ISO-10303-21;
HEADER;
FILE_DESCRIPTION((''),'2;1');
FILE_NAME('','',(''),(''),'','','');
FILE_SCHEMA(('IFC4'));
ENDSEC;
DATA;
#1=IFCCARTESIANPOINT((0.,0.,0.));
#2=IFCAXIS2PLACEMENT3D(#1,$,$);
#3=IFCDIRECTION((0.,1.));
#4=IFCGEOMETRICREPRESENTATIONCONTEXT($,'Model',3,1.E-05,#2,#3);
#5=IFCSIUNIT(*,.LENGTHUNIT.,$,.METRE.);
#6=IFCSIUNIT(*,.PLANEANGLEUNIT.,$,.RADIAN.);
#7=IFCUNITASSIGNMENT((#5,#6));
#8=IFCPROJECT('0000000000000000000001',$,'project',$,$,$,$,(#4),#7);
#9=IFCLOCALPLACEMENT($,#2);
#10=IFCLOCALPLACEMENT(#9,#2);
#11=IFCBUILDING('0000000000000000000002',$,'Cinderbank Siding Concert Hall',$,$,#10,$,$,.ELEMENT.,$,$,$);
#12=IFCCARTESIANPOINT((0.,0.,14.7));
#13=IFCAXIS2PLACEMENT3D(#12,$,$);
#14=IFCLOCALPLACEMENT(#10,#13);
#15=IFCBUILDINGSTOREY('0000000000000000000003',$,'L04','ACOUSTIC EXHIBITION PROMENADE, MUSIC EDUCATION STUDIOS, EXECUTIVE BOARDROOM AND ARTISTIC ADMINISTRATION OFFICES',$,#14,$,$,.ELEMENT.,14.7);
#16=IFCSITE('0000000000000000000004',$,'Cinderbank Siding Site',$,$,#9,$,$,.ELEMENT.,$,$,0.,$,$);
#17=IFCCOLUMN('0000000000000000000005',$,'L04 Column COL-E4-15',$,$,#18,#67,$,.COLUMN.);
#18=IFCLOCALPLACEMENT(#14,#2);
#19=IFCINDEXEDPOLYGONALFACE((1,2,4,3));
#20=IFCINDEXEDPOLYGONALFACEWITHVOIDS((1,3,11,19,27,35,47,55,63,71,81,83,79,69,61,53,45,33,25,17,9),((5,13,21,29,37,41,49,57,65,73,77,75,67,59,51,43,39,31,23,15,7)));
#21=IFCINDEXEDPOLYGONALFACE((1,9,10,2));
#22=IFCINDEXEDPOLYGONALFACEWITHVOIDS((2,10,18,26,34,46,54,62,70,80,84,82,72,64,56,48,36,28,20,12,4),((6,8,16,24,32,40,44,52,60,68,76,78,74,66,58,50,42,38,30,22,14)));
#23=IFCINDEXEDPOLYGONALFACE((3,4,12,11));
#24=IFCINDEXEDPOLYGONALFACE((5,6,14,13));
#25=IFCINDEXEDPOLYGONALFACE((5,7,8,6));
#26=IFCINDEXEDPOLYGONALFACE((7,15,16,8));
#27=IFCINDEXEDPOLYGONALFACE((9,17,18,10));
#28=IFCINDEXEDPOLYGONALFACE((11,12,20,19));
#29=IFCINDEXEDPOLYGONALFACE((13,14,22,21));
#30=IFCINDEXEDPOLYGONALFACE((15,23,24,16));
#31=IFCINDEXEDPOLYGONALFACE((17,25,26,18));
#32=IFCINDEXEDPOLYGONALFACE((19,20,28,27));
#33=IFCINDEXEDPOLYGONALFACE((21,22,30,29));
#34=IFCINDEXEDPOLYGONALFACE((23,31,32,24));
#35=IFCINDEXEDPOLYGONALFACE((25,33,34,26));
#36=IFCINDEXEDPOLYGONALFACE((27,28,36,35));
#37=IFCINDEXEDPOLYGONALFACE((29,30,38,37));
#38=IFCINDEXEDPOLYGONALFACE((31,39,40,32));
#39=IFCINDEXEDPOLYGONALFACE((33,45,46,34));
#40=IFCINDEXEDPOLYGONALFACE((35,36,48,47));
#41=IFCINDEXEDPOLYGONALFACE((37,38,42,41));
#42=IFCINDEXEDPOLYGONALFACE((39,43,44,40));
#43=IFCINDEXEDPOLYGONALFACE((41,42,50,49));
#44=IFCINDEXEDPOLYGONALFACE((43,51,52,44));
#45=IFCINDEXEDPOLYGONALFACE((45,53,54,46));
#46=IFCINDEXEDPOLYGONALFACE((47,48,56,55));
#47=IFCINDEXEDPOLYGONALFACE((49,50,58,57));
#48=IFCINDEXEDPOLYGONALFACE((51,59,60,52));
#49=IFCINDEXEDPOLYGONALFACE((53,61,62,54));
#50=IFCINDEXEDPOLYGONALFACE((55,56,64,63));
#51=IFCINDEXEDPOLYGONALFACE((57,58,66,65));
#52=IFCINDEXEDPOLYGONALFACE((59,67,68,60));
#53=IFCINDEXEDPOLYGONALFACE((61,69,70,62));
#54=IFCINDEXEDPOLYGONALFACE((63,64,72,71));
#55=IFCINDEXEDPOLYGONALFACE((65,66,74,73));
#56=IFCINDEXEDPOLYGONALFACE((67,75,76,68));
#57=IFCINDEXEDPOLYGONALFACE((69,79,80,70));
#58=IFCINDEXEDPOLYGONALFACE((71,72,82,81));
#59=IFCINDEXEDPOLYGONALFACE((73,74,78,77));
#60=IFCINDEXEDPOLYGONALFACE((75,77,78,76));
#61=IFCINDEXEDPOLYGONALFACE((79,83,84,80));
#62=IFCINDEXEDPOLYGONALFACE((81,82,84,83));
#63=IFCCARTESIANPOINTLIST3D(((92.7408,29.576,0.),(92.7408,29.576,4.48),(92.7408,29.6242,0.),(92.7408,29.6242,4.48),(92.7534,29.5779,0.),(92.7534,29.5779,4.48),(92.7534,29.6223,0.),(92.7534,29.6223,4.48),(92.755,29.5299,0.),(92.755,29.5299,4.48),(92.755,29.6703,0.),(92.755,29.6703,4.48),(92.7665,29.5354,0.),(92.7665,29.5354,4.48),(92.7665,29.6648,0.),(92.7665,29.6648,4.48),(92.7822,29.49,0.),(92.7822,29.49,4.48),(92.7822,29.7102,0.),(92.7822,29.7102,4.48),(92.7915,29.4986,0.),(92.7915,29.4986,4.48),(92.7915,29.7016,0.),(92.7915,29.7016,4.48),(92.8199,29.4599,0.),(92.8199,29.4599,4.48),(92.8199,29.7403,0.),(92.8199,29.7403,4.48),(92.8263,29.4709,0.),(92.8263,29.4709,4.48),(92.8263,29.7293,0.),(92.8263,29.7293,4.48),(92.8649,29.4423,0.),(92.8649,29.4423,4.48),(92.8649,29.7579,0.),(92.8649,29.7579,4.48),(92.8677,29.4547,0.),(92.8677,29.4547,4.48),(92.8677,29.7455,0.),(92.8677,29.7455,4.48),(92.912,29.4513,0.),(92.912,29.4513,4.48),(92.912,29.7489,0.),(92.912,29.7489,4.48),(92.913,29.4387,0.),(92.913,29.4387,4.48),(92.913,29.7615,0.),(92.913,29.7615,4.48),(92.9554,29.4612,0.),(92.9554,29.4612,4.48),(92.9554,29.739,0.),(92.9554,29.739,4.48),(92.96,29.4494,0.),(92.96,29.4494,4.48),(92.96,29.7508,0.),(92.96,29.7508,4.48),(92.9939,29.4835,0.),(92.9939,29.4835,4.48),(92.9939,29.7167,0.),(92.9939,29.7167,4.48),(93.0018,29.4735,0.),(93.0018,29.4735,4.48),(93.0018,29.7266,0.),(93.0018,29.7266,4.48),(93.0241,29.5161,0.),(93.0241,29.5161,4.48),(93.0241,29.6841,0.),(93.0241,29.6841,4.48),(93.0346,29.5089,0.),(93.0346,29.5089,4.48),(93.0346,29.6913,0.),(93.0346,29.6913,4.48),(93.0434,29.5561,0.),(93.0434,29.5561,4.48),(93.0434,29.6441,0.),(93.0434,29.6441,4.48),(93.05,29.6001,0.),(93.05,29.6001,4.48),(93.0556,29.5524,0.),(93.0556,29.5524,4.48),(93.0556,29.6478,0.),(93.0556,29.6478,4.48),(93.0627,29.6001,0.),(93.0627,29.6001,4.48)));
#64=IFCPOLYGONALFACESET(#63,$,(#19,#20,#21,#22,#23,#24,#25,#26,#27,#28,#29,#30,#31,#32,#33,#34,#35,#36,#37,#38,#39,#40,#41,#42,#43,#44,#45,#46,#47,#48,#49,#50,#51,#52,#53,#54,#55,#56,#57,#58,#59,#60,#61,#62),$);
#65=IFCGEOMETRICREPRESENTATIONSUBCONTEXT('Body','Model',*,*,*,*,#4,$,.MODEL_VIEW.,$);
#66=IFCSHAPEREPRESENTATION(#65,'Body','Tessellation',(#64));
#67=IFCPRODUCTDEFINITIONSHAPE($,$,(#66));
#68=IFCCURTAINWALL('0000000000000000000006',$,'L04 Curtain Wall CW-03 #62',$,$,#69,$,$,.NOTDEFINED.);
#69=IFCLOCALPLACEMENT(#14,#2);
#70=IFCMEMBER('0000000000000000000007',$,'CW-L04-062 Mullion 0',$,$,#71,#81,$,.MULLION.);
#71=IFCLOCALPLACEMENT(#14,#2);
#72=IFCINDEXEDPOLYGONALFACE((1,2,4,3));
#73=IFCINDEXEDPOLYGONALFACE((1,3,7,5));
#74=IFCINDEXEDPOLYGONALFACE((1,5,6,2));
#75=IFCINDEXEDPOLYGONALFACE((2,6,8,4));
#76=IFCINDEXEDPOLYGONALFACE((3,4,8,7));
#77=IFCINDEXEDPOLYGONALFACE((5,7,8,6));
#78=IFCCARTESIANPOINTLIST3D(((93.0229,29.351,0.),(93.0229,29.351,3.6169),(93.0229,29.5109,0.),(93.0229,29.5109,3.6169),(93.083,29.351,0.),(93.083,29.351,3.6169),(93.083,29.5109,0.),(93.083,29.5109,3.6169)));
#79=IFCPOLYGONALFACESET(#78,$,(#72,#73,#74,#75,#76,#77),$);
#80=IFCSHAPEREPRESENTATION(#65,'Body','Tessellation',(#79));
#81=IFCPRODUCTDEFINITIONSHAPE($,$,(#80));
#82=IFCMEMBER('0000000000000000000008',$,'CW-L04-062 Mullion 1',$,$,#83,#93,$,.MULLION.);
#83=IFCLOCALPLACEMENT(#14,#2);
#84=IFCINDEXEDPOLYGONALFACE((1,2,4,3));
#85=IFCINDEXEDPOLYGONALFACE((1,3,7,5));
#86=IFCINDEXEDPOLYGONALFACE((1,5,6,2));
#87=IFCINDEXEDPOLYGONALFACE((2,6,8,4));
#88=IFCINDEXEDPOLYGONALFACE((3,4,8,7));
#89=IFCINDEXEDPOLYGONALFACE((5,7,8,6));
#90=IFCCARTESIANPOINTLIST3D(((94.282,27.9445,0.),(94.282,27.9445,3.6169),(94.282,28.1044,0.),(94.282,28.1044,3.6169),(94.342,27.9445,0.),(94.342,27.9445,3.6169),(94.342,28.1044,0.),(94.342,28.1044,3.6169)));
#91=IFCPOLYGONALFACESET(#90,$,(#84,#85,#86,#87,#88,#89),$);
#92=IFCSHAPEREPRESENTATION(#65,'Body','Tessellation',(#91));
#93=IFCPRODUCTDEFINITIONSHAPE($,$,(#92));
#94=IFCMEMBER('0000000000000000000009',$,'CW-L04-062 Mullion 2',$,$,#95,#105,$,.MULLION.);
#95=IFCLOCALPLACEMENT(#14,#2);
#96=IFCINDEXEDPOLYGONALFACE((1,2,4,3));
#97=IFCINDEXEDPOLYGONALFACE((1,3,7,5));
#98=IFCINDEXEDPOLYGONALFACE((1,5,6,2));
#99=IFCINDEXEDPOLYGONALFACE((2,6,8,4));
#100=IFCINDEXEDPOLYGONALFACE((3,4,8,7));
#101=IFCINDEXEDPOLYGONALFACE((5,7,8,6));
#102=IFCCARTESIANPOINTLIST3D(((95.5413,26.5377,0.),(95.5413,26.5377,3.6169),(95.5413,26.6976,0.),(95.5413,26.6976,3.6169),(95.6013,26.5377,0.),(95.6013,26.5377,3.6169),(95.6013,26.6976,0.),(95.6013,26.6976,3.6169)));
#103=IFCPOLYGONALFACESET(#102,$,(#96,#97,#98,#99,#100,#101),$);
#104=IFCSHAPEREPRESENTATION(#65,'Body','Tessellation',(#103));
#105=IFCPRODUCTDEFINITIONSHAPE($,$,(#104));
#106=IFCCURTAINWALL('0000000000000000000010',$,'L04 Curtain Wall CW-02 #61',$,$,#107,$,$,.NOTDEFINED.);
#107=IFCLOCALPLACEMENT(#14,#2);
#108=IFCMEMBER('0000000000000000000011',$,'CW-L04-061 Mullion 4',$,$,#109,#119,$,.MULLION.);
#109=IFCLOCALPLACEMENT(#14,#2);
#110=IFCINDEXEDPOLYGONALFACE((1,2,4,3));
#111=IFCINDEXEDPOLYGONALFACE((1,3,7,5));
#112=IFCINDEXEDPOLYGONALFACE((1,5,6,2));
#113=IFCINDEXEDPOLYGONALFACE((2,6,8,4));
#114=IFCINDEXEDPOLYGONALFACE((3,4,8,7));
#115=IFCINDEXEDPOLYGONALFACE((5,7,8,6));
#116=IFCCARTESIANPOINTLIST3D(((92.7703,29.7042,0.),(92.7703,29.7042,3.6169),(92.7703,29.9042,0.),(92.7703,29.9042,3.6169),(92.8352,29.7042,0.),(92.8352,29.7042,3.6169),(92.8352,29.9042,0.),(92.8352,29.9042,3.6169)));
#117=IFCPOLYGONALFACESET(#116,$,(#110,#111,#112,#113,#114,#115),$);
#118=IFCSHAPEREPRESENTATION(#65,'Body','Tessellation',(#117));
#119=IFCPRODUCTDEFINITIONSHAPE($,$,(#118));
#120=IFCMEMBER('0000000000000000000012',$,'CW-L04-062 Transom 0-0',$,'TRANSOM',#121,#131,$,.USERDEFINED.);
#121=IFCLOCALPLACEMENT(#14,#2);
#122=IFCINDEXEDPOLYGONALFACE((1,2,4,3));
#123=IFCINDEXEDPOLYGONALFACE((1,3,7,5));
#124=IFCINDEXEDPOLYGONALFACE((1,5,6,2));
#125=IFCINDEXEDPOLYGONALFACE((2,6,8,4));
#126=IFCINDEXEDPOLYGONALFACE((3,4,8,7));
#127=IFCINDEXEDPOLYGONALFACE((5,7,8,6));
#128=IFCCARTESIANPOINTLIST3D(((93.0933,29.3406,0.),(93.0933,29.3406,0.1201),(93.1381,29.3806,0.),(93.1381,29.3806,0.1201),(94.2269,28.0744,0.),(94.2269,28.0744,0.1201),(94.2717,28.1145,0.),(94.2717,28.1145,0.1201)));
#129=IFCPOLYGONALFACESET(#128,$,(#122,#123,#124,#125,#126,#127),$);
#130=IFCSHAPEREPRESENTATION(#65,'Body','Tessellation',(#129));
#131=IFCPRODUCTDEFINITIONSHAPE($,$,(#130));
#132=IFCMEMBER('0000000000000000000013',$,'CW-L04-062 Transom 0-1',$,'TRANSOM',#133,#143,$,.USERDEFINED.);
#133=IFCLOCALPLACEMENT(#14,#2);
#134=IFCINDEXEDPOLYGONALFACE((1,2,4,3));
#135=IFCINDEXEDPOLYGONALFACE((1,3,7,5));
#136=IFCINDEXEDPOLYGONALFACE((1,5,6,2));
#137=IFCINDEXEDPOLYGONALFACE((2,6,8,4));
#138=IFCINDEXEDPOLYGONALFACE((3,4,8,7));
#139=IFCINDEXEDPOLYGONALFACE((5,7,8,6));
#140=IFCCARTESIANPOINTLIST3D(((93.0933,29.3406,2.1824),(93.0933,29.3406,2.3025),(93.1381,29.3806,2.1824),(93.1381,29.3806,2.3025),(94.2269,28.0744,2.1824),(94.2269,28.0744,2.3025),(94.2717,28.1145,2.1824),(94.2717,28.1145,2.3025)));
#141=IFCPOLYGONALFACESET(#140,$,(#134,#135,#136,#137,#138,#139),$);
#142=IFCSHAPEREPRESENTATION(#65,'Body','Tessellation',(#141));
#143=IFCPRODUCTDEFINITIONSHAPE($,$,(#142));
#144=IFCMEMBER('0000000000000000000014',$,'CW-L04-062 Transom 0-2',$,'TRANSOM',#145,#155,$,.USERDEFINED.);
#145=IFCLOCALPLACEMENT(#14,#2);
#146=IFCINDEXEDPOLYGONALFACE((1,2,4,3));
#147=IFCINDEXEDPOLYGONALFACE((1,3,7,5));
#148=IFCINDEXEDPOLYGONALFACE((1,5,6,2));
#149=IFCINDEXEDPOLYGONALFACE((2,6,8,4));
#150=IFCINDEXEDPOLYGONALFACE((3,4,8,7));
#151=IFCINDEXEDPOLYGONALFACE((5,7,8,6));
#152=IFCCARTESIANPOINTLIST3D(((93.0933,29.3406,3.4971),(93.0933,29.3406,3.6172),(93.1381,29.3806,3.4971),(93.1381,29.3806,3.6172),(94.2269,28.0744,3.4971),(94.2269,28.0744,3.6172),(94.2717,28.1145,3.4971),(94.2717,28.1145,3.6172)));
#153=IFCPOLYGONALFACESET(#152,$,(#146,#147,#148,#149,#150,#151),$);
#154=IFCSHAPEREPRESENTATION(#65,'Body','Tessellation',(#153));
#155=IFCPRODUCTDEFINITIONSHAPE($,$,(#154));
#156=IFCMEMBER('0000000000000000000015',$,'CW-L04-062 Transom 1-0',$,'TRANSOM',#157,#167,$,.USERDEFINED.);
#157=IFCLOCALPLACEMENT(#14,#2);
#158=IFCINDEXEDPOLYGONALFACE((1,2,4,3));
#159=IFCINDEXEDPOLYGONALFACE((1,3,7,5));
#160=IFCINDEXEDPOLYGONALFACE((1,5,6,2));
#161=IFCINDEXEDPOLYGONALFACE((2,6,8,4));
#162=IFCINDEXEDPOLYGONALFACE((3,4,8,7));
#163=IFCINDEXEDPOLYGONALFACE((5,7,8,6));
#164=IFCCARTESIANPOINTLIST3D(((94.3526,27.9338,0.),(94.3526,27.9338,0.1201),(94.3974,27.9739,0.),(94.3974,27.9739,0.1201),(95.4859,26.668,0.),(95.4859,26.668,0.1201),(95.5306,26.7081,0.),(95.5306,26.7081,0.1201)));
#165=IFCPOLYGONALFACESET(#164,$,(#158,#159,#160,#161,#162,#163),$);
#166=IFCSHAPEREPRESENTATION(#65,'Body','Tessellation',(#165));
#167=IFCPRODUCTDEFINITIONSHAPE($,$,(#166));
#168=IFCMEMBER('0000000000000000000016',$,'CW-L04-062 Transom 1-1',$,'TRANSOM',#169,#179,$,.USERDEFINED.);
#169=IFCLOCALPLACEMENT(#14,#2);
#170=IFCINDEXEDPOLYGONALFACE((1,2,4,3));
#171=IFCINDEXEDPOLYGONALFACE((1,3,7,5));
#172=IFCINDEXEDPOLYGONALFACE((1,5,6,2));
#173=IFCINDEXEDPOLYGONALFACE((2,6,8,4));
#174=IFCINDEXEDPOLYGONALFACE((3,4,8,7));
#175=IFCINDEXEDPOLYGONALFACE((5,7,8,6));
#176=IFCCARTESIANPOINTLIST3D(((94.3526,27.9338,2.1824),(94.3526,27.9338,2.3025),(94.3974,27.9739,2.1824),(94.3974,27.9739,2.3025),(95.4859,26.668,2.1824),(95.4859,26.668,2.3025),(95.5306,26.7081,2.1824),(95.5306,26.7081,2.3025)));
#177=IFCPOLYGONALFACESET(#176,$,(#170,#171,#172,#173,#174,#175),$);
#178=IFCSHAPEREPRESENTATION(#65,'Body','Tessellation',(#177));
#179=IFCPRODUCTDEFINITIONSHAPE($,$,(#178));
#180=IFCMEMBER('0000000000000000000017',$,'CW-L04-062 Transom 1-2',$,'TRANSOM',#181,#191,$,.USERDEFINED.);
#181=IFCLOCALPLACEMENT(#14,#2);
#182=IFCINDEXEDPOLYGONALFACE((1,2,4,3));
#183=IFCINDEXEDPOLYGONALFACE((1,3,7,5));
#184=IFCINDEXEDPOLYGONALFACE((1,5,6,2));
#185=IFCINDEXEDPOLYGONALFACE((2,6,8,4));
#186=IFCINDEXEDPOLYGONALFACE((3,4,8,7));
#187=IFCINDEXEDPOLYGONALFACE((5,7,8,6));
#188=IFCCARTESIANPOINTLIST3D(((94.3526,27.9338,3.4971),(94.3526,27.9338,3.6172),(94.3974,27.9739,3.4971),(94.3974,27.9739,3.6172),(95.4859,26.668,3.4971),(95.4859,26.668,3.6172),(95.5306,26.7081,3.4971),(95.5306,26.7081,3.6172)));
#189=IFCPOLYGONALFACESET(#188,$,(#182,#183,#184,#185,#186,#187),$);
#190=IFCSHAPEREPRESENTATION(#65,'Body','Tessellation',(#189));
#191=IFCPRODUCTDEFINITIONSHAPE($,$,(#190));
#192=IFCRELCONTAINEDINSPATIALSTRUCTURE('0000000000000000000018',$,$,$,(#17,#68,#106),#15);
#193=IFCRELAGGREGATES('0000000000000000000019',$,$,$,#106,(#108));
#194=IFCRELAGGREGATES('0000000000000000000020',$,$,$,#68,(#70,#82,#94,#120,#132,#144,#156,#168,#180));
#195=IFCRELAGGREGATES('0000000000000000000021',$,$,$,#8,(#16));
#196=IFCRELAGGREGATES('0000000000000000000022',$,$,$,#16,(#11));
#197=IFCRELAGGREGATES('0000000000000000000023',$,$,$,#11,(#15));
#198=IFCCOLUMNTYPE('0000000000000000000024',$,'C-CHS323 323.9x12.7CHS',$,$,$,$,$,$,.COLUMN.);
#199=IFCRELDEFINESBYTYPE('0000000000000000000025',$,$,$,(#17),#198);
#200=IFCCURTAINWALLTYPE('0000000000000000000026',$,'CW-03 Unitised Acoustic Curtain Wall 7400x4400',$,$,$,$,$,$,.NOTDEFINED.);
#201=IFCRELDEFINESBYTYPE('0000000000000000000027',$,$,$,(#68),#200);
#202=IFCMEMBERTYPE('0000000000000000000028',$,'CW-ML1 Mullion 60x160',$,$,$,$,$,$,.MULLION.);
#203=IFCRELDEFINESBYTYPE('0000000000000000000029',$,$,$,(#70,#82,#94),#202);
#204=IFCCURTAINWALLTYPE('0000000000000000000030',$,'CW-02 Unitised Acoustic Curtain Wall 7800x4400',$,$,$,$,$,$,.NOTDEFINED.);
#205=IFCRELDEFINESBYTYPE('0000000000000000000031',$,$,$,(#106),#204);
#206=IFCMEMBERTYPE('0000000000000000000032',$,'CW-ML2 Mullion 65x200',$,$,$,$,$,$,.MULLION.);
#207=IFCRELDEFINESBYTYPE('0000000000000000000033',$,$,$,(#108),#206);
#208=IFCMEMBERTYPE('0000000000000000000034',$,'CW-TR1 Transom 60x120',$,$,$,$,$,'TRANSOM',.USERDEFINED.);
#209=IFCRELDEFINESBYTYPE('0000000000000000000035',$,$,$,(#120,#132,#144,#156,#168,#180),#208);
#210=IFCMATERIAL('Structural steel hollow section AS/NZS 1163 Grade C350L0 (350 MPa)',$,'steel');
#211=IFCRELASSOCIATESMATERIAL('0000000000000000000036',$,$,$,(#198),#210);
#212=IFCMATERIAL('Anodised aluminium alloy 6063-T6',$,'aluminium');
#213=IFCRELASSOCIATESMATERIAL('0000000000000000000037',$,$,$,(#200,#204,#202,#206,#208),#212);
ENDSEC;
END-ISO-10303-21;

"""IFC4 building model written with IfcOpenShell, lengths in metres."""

from ifc_helpers import new_model, si_unit, direction, frame, origin, origin_2d, place, context, subcontext, project, spatial, rectangle, hollow_circle, extrude, material, material_profile, profile_set, type_object, element, aggregate, save


model = new_model("IFC4")

# Units and contexts
model_context = context("Model", 3, precision=1e-05, world=origin(), true_north=direction((0.0, 1.0)))
body_context = subcontext(model_context, "Body", "Model", "MODEL_VIEW")
ifc_project = project(units=[si_unit("LENGTHUNIT", "METRE"), si_unit("PLANEANGLEUNIT", "RADIAN")], contexts=[model_context])

# Site, building, storey
site_placement = place(None, origin())
site = spatial("IfcSite", under=ifc_project, at=site_placement, Name="Cinderbank Siding Site", CompositionType="ELEMENT", RefElevation=0.0)
building_placement = place(site_placement, origin())
building = spatial("IfcBuilding", under=site, at=building_placement, Name="Cinderbank Siding Concert Hall", CompositionType="ELEMENT")
storey_placement = place(building_placement, frame((0.0, 0.0, 14.7)))
storey = spatial("IfcBuildingStorey", under=building, at=storey_placement, Name="L04", Description="ACOUSTIC EXHIBITION PROMENADE, MUSIC EDUCATION STUDIOS, EXECUTIVE BOARDROOM AND ARTISTIC ADMINISTRATION OFFICES", CompositionType="ELEMENT", Elevation=14.7)

# Column
ifc_material_1 = material(Name="Structural steel hollow section AS/NZS 1163 Grade C350L0 (350 MPa)", Category="steel")
ifc_material_profile_1 = material_profile(ifc_material_1, hollow_circle(Radius=0.1619, WallThickness=0.0127, at=origin_2d()), Name="323.9x12.7CHS", Category="LoadBearing")
ifc_profile_set_1 = profile_set([ifc_material_profile_1], Name="Structural steel hollow section AS/NZS 1163 Grade C350L0 (350 MPa)")
column_type = type_object("IfcColumnType", Name="C-CHS323 323.9x12.7CHS", PredefinedType="COLUMN", material=ifc_profile_set_1)
column_placement = place(storey_placement, frame((92.9009, 29.6001, 0.0), z_axis=(0.0, 0.0, 1.0), x_axis=(1.0, 0.0, 0.0)))
element("IfcColumn", 1, at=column_placement, inside=storey, type_object=column_type, Name="L04 Column COL-E4-15", PredefinedType="COLUMN", context=body_context, shape_type="SweptSolid", body=[
    extrude(hollow_circle(Radius=0.1619, WallThickness=0.0127, at=origin_2d()), origin(), (0.0, 0.0, 1.0), 4.48),
])

# Curtain wall, members
ifc_material_2 = material(Name="Anodised aluminium alloy 6063-T6", Category="aluminium")
curtain_wall_type_1 = type_object("IfcCurtainWallType", Name="CW-03 Unitised Acoustic Curtain Wall 7400x4400", PredefinedType="NOTDEFINED", material=ifc_material_2)
curtain_wall_1_placement = place(storey_placement, origin())
curtain_wall_1 = element("IfcCurtainWall", 2, at=curtain_wall_1_placement, inside=storey, type_object=curtain_wall_type_1, Name="L04 Curtain Wall CW-03 #62", PredefinedType="NOTDEFINED")
ifc_material_profile_2 = material_profile(ifc_material_2, rectangle(XDim=0.0601, YDim=0.1599, at=origin_2d()), Name="ALU-MULL-60x160", Category="LoadBearing")
ifc_profile_set_2 = profile_set([ifc_material_profile_2], Name="Anodised aluminium alloy 6063-T6")
member_type_1 = type_object("IfcMemberType", Name="CW-ML1 Mullion 60x160", PredefinedType="MULLION", material=ifc_profile_set_2)
member_1_placement = place(storey_placement, frame((93.053, 29.4309, 0.0), z_axis=(0.0, 0.0, 1.0), x_axis=(1.0, 0.0, 0.0)))
member_1 = element("IfcMember", 3, at=member_1_placement, type_object=member_type_1, Name="CW-L04-062 Mullion 0", PredefinedType="MULLION", context=body_context, shape_type="SweptSolid", body=[
    extrude(rectangle(XDim=0.0601, YDim=0.1599, at=origin_2d()), origin(), (0.0, 0.0, 1.0), 3.6169),
])
member_2_placement = place(storey_placement, frame((94.312, 28.0244, 0.0), z_axis=(0.0, 0.0, 1.0), x_axis=(1.0, 0.0, 0.0)))
member_2 = element("IfcMember", 4, at=member_2_placement, type_object=member_type_1, Name="CW-L04-062 Mullion 1", PredefinedType="MULLION", context=body_context, shape_type="SweptSolid", body=[
    extrude(rectangle(XDim=0.0601, YDim=0.1599, at=origin_2d()), origin(), (0.0, 0.0, 1.0), 3.6169),
])
member_3_placement = place(storey_placement, frame((95.5713, 26.6177, 0.0), z_axis=(0.0, 0.0, 1.0), x_axis=(1.0, 0.0, 0.0)))
member_3 = element("IfcMember", 5, at=member_3_placement, type_object=member_type_1, Name="CW-L04-062 Mullion 2", PredefinedType="MULLION", context=body_context, shape_type="SweptSolid", body=[
    extrude(rectangle(XDim=0.0601, YDim=0.1599, at=origin_2d()), origin(), (0.0, 0.0, 1.0), 3.6169),
])

# Curtain wall, member
curtain_wall_type_2 = type_object("IfcCurtainWallType", Name="CW-02 Unitised Acoustic Curtain Wall 7800x4400", PredefinedType="NOTDEFINED", material=ifc_material_2)
curtain_wall_2_placement = place(storey_placement, origin())
curtain_wall_2 = element("IfcCurtainWall", 6, at=curtain_wall_2_placement, inside=storey, type_object=curtain_wall_type_2, Name="L04 Curtain Wall CW-02 #61", PredefinedType="NOTDEFINED")
ifc_material_profile_3 = material_profile(ifc_material_2, rectangle(XDim=0.0649, YDim=0.2, at=origin_2d()), Name="ALU-MULL-65x200", Category="LoadBearing")
ifc_profile_set_3 = profile_set([ifc_material_profile_3], Name="Anodised aluminium alloy 6063-T6")
member_type_2 = type_object("IfcMemberType", Name="CW-ML2 Mullion 65x200", PredefinedType="MULLION", material=ifc_profile_set_3)
member_4_placement = place(storey_placement, frame((92.8027, 29.8042, 0.0), z_axis=(0.0, 0.0, 1.0), x_axis=(1.0, 0.0, 0.0)))
member_4 = element("IfcMember", 7, at=member_4_placement, type_object=member_type_2, Name="CW-L04-061 Mullion 4", PredefinedType="MULLION", context=body_context, shape_type="SweptSolid", body=[
    extrude(rectangle(XDim=0.0649, YDim=0.2, at=origin_2d()), origin(), (0.0, 0.0, 1.0), 3.6169),
])

# Members
ifc_material_profile_4 = material_profile(ifc_material_2, rectangle(XDim=0.0601, YDim=0.1201, at=origin_2d()), Name="ALU-TRAN-60x120", Category="LoadBearing")
ifc_profile_set_4 = profile_set([ifc_material_profile_4], Name="Anodised aluminium alloy 6063-T6")
member_type_3 = type_object("IfcMemberType", Name="CW-TR1 Transom 60x120", ElementType="TRANSOM", PredefinedType="USERDEFINED", material=ifc_profile_set_4)
member_5_placement = place(storey_placement, frame((93.1157, 29.3606, 0.0601), z_axis=(0.667026, -0.745035, 0.0), x_axis=(0.745035, 0.667026, 0.0)))
member_5 = element("IfcMember", 8, at=member_5_placement, type_object=member_type_3, Name="CW-L04-062 Transom 0-0", ObjectType="TRANSOM", PredefinedType="USERDEFINED", context=body_context, shape_type="SweptSolid", body=[
    extrude(rectangle(XDim=0.0601, YDim=0.1201, at=origin_2d()), origin(), (0.0, 0.0, 1.0), 1.6995),
])
member_6_placement = place(storey_placement, frame((93.1157, 29.3606, 2.2424), z_axis=(0.667026, -0.745035, 0.0), x_axis=(0.745035, 0.667026, 0.0)))
member_6 = element("IfcMember", 9, at=member_6_placement, type_object=member_type_3, Name="CW-L04-062 Transom 0-1", ObjectType="TRANSOM", PredefinedType="USERDEFINED", context=body_context, shape_type="SweptSolid", body=[
    extrude(rectangle(XDim=0.0601, YDim=0.1201, at=origin_2d()), origin(), (0.0, 0.0, 1.0), 1.6995),
])
member_7_placement = place(storey_placement, frame((93.1157, 29.3606, 3.5571), z_axis=(0.667026, -0.745035, 0.0), x_axis=(0.745035, 0.667026, 0.0)))
member_7 = element("IfcMember", 10, at=member_7_placement, type_object=member_type_3, Name="CW-L04-062 Transom 0-2", ObjectType="TRANSOM", PredefinedType="USERDEFINED", context=body_context, shape_type="SweptSolid", body=[
    extrude(rectangle(XDim=0.0601, YDim=0.1201, at=origin_2d()), origin(), (0.0, 0.0, 1.0), 1.6995),
])
member_8_placement = place(storey_placement, frame((94.375, 27.9539, 0.0601), z_axis=(0.667017, -0.745042, 0.0), x_axis=(0.745042, 0.667017, 0.0)))
member_8 = element("IfcMember", 11, at=member_8_placement, type_object=member_type_3, Name="CW-L04-062 Transom 1-0", ObjectType="TRANSOM", PredefinedType="USERDEFINED", context=body_context, shape_type="SweptSolid", body=[
    extrude(rectangle(XDim=0.0601, YDim=0.1201, at=origin_2d()), origin(), (0.0, 0.0, 1.0), 1.699),
])
member_9_placement = place(storey_placement, frame((94.375, 27.9539, 2.2424), z_axis=(0.667017, -0.745042, 0.0), x_axis=(0.745042, 0.667017, 0.0)))
member_9 = element("IfcMember", 12, at=member_9_placement, type_object=member_type_3, Name="CW-L04-062 Transom 1-1", ObjectType="TRANSOM", PredefinedType="USERDEFINED", context=body_context, shape_type="SweptSolid", body=[
    extrude(rectangle(XDim=0.0601, YDim=0.1201, at=origin_2d()), origin(), (0.0, 0.0, 1.0), 1.699),
])
member_10_placement = place(storey_placement, frame((94.375, 27.9539, 3.5571), z_axis=(0.667017, -0.745042, 0.0), x_axis=(0.745042, 0.667017, 0.0)))
member_10 = element("IfcMember", 13, at=member_10_placement, type_object=member_type_3, Name="CW-L04-062 Transom 1-2", ObjectType="TRANSOM", PredefinedType="USERDEFINED", context=body_context, shape_type="SweptSolid", body=[
    extrude(rectangle(XDim=0.0601, YDim=0.1201, at=origin_2d()), origin(), (0.0, 0.0, 1.0), 1.699),
])

aggregate(curtain_wall_2, [member_4])
aggregate(curtain_wall_1, [member_1, member_2, member_3, member_5, member_6, member_7, member_8, member_9, member_10])

save(model, "model.ifc")
